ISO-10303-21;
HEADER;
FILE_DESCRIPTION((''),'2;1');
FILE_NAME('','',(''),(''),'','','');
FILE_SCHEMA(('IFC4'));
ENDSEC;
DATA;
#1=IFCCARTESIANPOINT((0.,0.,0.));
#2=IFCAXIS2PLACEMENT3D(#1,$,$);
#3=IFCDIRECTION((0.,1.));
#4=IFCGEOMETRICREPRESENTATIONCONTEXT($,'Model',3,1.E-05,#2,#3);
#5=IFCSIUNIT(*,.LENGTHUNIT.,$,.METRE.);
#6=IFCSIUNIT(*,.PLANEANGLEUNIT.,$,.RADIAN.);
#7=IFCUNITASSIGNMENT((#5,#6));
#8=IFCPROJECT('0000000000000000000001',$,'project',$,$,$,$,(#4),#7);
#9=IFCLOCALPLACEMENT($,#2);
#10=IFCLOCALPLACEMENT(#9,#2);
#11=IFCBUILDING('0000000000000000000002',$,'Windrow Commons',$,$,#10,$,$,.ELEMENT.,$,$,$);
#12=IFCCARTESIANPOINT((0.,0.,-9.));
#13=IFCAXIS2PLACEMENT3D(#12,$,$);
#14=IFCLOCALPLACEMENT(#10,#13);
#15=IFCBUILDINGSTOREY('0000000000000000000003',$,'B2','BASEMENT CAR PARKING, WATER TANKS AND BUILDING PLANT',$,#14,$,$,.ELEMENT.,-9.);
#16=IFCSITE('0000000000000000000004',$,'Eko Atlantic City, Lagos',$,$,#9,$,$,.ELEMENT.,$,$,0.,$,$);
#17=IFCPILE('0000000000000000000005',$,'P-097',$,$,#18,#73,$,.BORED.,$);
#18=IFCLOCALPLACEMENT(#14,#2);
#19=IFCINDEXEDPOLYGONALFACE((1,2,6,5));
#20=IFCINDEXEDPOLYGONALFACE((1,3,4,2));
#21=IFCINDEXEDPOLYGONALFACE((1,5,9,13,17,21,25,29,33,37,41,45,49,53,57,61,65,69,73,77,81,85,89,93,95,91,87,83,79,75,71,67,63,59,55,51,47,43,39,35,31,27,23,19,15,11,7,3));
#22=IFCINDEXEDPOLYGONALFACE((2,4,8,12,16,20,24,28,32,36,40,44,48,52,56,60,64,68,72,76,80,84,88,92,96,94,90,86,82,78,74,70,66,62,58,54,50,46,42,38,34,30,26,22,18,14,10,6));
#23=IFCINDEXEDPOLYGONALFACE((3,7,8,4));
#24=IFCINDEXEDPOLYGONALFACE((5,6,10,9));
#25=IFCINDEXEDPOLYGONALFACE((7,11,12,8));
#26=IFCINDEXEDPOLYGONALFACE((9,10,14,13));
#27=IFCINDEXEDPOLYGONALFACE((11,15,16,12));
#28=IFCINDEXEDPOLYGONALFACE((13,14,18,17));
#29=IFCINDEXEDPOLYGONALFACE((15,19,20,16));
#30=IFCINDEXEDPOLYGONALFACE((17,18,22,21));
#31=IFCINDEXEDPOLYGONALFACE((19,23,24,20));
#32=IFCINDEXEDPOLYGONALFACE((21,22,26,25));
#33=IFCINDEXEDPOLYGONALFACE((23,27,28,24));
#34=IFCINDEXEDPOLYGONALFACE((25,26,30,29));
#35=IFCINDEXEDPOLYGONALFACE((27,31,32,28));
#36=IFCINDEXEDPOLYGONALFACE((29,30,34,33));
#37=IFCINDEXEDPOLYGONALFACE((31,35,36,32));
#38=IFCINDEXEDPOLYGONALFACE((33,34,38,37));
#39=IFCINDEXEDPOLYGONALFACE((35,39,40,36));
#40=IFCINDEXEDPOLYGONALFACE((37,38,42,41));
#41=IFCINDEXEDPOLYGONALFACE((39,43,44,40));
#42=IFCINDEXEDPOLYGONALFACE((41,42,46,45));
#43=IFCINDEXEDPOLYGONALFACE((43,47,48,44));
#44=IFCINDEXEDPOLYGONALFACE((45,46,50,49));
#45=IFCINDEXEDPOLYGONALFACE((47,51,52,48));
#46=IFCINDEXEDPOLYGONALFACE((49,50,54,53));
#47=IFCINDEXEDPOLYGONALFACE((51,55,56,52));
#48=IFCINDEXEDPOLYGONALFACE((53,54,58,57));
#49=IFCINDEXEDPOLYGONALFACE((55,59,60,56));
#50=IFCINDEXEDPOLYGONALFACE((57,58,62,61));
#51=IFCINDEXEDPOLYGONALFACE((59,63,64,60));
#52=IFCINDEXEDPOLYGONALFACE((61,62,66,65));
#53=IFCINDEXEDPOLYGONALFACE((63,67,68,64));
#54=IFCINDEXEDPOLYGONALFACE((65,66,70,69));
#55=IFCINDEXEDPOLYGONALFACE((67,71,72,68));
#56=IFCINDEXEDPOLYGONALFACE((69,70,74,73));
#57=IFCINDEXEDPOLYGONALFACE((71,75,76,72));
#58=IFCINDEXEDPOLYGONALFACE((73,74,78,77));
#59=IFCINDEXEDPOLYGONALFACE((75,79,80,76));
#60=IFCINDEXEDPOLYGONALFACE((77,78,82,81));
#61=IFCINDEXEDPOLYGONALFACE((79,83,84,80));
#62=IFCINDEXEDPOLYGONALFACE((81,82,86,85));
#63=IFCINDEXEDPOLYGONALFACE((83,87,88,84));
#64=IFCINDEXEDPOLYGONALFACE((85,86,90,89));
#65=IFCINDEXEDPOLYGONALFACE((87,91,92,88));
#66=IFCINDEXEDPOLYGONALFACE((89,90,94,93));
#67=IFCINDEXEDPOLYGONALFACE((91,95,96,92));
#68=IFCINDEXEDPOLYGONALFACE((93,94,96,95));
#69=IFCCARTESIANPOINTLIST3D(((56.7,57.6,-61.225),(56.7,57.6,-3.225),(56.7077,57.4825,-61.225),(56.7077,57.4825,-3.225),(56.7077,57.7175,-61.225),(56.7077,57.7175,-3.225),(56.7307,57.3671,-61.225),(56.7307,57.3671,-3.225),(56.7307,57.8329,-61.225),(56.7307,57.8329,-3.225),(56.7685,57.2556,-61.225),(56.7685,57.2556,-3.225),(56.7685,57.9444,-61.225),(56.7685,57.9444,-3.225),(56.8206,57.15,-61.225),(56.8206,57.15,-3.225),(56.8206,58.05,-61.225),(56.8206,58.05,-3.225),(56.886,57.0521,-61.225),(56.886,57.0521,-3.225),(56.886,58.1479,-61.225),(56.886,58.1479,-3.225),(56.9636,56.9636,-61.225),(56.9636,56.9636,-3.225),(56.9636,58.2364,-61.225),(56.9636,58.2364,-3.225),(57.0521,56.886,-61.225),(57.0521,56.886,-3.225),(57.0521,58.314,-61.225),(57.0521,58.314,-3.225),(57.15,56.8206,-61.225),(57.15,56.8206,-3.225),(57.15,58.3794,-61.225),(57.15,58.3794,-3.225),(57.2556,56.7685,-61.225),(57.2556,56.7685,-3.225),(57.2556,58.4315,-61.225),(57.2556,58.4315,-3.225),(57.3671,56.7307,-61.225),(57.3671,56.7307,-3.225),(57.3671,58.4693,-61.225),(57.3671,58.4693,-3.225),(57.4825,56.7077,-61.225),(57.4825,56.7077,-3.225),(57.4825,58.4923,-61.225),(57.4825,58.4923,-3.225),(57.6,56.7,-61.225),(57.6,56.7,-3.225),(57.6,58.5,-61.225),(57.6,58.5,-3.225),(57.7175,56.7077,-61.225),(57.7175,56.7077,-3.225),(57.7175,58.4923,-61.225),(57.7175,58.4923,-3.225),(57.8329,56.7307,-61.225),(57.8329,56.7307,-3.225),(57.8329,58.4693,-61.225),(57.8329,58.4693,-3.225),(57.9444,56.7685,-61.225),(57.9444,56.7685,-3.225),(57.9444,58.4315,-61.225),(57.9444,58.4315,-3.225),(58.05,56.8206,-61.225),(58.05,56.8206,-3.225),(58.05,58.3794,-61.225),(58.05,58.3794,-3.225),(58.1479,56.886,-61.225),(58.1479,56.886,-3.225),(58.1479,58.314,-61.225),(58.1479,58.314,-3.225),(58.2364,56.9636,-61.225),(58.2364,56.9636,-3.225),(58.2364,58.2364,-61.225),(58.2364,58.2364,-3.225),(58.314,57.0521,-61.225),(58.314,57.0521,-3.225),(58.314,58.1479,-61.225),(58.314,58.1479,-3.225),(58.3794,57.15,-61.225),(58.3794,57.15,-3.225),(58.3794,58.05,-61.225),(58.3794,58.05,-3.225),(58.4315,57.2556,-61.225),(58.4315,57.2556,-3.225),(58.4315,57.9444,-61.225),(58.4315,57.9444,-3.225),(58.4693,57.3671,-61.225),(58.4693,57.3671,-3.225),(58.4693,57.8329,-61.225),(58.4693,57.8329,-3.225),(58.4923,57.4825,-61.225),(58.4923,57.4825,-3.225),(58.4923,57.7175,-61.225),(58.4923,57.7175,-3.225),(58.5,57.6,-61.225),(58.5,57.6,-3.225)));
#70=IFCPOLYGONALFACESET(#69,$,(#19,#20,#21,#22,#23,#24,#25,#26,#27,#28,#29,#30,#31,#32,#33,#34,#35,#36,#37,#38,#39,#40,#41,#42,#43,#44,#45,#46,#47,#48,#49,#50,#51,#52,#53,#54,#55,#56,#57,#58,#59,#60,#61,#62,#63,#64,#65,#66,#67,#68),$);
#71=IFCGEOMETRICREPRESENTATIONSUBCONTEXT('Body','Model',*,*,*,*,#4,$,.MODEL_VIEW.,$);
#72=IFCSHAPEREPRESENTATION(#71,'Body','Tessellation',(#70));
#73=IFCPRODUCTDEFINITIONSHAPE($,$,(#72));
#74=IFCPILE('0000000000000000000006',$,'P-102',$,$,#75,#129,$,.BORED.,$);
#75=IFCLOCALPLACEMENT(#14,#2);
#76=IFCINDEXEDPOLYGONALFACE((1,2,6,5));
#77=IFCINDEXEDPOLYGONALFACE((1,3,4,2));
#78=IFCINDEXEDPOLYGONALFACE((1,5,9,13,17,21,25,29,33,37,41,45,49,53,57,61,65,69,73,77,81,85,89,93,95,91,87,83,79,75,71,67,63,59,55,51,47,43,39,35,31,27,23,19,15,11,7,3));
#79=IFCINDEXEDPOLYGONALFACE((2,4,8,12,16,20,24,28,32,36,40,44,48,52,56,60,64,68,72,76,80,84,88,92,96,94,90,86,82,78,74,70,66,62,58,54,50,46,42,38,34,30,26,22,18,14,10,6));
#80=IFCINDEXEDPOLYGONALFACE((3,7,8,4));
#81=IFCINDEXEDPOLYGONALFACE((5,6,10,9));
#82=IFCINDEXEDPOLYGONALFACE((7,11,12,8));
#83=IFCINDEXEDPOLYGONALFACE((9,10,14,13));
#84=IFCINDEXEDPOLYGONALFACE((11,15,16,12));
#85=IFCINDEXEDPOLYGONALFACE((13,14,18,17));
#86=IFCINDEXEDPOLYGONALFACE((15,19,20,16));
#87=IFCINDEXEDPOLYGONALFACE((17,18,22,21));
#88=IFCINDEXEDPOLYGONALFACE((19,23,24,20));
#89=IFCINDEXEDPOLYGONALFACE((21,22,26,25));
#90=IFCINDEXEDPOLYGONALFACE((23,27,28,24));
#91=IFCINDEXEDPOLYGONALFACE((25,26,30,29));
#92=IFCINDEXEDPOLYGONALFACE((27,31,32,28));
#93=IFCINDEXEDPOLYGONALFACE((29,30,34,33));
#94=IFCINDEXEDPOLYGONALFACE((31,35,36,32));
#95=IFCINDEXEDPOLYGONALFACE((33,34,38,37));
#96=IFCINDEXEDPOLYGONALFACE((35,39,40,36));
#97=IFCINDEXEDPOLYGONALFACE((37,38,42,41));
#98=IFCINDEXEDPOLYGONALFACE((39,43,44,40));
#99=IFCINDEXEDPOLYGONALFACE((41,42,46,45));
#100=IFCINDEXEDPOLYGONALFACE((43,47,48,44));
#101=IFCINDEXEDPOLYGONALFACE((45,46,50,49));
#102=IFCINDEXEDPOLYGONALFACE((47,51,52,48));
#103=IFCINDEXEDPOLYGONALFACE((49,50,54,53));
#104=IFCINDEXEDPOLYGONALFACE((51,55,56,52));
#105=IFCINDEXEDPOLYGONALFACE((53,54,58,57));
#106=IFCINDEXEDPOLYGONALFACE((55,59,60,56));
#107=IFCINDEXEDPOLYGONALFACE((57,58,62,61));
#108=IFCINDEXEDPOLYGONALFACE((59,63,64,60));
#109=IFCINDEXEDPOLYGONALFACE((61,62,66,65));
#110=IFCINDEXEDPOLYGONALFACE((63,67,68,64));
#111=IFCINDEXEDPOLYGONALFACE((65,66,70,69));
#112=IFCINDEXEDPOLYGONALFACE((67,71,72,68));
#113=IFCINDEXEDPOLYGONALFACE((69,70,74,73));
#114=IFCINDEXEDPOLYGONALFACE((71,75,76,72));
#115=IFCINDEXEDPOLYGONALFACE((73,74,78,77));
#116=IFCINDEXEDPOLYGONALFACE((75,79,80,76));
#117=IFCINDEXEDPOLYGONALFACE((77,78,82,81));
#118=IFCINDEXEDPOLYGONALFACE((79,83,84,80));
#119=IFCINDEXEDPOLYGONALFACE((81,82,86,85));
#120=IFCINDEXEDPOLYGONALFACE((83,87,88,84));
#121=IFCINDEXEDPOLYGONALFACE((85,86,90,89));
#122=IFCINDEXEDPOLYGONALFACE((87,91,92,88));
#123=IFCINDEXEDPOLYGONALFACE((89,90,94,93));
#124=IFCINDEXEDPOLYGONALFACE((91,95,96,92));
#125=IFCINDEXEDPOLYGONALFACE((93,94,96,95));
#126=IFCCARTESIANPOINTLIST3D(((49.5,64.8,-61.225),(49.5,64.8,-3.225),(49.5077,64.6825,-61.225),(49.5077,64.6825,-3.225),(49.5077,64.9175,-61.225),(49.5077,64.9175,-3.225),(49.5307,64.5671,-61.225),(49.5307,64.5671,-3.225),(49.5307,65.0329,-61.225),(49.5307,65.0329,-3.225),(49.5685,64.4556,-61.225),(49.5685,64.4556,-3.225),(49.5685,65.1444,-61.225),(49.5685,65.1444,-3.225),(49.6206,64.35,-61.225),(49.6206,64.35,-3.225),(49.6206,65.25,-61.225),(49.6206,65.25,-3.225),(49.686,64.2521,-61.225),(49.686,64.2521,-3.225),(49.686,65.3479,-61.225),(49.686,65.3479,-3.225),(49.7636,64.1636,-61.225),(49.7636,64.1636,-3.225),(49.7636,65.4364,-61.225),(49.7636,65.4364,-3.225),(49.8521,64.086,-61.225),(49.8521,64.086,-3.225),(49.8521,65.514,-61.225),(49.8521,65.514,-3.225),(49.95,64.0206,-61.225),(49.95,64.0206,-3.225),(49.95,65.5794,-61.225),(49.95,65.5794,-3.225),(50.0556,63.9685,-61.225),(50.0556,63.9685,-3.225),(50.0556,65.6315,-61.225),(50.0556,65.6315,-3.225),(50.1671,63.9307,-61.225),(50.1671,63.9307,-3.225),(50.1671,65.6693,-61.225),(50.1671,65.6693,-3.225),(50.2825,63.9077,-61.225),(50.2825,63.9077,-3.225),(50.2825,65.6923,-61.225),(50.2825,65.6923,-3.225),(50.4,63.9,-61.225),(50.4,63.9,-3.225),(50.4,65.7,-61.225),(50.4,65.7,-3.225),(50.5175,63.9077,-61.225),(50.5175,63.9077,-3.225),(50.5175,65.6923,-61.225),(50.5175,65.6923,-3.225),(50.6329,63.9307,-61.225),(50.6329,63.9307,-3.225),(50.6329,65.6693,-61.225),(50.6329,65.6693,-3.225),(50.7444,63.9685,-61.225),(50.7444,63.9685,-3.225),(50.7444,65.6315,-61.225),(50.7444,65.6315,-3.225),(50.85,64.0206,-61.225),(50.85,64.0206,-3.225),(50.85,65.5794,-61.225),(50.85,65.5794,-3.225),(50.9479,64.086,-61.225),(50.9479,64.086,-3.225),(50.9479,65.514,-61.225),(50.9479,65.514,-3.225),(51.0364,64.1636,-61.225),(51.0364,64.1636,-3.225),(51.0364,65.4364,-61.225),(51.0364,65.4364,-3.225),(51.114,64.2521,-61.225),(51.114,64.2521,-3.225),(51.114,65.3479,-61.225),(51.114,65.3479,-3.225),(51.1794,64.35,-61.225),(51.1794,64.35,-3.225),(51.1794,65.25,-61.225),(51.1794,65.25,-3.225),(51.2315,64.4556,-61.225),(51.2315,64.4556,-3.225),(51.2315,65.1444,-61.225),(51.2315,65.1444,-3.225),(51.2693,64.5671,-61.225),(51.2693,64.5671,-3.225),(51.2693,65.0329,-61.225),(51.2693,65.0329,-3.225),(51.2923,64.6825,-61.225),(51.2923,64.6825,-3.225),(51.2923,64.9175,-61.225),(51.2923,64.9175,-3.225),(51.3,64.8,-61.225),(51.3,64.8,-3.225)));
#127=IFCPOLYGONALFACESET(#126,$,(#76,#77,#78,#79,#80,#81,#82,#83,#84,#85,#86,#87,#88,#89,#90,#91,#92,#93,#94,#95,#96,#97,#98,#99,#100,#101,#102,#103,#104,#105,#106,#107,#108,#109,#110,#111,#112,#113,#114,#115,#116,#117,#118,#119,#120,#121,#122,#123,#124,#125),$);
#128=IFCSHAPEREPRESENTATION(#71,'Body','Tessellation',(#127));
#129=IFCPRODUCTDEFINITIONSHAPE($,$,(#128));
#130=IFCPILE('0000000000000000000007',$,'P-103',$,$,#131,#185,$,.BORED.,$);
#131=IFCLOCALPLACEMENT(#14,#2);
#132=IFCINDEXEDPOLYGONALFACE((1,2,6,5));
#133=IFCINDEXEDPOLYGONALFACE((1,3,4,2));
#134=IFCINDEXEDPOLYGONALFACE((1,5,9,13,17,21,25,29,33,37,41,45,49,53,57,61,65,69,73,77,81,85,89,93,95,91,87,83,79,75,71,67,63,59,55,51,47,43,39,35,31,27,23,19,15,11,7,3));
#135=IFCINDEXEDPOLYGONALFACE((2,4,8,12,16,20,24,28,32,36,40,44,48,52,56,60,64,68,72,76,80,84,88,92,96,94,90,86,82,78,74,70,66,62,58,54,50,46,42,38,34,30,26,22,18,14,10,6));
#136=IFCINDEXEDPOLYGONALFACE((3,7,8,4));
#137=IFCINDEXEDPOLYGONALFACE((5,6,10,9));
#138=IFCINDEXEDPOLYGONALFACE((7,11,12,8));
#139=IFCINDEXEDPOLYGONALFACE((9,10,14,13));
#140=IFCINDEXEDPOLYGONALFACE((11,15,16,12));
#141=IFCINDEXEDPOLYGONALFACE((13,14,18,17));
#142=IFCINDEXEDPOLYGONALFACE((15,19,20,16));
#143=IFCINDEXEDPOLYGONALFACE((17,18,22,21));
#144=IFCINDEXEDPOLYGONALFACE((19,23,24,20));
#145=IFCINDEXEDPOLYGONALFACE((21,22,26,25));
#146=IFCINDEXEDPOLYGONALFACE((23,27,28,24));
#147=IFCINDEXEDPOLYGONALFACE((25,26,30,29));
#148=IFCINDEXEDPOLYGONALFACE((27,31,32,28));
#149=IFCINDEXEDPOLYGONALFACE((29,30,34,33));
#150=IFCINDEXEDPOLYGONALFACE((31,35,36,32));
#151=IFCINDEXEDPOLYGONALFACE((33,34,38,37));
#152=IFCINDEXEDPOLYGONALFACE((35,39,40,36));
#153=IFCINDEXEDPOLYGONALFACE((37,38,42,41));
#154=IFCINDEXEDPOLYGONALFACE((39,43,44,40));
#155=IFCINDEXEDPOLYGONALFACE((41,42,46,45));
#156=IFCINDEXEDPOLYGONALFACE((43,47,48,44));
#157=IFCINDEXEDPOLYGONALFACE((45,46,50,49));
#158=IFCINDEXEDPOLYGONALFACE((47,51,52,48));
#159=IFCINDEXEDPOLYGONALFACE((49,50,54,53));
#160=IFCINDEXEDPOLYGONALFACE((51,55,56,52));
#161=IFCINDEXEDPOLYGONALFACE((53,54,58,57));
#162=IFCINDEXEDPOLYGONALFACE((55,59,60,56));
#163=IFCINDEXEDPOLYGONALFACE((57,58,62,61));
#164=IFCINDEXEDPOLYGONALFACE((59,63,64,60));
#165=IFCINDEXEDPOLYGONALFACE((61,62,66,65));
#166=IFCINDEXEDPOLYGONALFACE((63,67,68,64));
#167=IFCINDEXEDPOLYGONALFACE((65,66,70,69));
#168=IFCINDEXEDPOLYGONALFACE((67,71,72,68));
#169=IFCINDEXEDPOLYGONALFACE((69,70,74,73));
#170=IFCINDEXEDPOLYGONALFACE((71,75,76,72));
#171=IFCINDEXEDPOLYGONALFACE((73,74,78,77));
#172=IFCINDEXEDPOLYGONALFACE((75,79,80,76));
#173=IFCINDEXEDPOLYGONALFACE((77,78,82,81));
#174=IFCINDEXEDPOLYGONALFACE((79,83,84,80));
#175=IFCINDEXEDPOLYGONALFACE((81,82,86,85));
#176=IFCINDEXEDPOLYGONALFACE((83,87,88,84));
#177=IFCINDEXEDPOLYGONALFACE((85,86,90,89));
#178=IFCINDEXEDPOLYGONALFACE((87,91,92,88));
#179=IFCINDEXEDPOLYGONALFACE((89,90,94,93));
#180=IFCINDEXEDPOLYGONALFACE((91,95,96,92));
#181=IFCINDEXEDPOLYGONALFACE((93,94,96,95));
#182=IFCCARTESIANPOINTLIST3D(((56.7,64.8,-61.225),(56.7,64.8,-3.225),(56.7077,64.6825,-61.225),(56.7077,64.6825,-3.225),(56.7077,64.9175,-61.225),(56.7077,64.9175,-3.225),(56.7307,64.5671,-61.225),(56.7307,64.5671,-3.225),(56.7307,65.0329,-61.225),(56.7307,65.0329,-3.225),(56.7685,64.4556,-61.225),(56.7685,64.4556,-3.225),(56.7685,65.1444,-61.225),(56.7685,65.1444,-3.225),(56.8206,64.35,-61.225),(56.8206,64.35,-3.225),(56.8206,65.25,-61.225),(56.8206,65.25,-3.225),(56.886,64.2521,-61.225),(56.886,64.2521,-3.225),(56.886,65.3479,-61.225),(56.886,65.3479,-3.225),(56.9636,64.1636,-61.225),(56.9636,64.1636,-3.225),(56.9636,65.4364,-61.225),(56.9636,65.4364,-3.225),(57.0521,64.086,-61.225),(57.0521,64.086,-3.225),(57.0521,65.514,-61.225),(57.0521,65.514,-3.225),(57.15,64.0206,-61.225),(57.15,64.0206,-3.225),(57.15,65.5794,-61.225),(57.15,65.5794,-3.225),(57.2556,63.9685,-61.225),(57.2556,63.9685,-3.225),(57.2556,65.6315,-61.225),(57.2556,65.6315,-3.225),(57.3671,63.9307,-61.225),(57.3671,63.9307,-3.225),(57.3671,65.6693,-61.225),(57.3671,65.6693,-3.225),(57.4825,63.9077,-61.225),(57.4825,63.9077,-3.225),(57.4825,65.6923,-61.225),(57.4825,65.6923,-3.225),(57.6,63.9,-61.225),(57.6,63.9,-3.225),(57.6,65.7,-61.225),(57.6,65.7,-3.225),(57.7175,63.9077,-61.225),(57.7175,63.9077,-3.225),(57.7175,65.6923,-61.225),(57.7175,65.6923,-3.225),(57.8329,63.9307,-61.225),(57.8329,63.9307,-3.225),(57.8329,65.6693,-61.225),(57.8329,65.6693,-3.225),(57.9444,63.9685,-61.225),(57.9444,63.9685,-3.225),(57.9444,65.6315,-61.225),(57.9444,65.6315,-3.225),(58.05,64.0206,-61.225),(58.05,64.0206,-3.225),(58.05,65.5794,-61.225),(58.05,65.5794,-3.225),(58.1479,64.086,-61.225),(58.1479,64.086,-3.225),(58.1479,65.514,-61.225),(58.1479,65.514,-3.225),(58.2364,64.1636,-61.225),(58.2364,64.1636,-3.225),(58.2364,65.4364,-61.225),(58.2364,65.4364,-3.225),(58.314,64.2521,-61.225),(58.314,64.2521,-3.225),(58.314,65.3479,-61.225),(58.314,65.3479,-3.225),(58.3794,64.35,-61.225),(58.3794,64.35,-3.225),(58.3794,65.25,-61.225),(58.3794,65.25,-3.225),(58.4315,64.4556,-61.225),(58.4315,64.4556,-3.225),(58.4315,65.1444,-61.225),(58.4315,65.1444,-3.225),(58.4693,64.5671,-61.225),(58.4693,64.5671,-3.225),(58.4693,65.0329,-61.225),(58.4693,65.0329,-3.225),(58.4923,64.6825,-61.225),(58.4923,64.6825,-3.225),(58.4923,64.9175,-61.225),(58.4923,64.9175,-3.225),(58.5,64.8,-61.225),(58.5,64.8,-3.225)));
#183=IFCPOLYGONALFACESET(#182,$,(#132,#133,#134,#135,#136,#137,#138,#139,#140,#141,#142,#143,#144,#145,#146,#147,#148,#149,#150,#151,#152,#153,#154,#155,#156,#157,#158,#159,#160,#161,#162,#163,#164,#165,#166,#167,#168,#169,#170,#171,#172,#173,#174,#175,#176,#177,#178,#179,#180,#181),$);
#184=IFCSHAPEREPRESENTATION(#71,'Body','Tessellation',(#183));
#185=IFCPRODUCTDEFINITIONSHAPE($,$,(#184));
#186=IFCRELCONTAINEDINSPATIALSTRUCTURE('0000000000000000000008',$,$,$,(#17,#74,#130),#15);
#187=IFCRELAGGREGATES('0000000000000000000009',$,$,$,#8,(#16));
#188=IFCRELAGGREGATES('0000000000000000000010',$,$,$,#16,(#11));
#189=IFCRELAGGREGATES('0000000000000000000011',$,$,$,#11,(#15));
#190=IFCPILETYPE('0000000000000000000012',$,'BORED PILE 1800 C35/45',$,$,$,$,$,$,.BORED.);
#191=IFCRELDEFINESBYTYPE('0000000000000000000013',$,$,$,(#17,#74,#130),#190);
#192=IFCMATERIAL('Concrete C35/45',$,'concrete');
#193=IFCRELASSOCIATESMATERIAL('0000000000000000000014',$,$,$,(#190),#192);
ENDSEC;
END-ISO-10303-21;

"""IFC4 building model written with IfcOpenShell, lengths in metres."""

from ifc_helpers import new_model, si_unit, direction, frame, origin, origin_2d, place, context, subcontext, project, spatial, circle, extrude, material, material_profile, profile_set, type_object, element, save


model = new_model("IFC4")

# Units and contexts
model_context = context("Model", 3, precision=1e-05, world=origin(), true_north=direction((0.0, 1.0)))
body_context = subcontext(model_context, "Body", "Model", "MODEL_VIEW")
ifc_project = project(units=[si_unit("LENGTHUNIT", "METRE"), si_unit("PLANEANGLEUNIT", "RADIAN")], contexts=[model_context])

# Site, building, storey
site_placement = place(None, origin())
site = spatial("IfcSite", under=ifc_project, at=site_placement, Name="Eko Atlantic City, Lagos", CompositionType="ELEMENT", RefElevation=0.0)
building_placement = place(site_placement, origin())
building = spatial("IfcBuilding", under=site, at=building_placement, Name="Windrow Commons", CompositionType="ELEMENT")
storey_placement = place(building_placement, frame((0.0, 0.0, -9.0)))
storey = spatial("IfcBuildingStorey", under=building, at=storey_placement, Name="B2", Description="BASEMENT CAR PARKING, WATER TANKS AND BUILDING PLANT", CompositionType="ELEMENT", Elevation=-9.0)

# Piles
ifc_material_1 = material(Name="Concrete C35/45", Category="concrete")
ifc_material_profile_1 = material_profile(ifc_material_1, circle(Radius=0.9, at=origin_2d()))
ifc_profile_set_1 = profile_set([ifc_material_profile_1], Name="Concrete C35/45")
pile_type = type_object("IfcPileType", Name="BORED PILE 1800 C35/45", PredefinedType="BORED", material=ifc_profile_set_1)
for number, where, z_axis, x_axis, name in (
    (1, (57.6, 57.6, -3.225), (0.0, 0.0, -1.0), (1.0, 0.0, 0.0), "P-097"),
    (2, (50.4, 64.8, -3.225), (0.0, 0.0, -1.0), (1.0, 0.0, 0.0), "P-102"),
    (3, (57.6, 64.8, -3.225), (0.0, 0.0, -1.0), (1.0, 0.0, 0.0), "P-103"),
):
    element("IfcPile", number, at=place(storey_placement, frame(where, z_axis=z_axis, x_axis=x_axis)), inside=storey, type_object=pile_type, Name=name, PredefinedType="BORED", context=body_context, shape_type="SweptSolid", body=[
        extrude(circle(Radius=0.9, at=origin_2d()), origin(), (0.0, 0.0, 1.0), 58.0),
    ])

save(model, "model.ifc")
